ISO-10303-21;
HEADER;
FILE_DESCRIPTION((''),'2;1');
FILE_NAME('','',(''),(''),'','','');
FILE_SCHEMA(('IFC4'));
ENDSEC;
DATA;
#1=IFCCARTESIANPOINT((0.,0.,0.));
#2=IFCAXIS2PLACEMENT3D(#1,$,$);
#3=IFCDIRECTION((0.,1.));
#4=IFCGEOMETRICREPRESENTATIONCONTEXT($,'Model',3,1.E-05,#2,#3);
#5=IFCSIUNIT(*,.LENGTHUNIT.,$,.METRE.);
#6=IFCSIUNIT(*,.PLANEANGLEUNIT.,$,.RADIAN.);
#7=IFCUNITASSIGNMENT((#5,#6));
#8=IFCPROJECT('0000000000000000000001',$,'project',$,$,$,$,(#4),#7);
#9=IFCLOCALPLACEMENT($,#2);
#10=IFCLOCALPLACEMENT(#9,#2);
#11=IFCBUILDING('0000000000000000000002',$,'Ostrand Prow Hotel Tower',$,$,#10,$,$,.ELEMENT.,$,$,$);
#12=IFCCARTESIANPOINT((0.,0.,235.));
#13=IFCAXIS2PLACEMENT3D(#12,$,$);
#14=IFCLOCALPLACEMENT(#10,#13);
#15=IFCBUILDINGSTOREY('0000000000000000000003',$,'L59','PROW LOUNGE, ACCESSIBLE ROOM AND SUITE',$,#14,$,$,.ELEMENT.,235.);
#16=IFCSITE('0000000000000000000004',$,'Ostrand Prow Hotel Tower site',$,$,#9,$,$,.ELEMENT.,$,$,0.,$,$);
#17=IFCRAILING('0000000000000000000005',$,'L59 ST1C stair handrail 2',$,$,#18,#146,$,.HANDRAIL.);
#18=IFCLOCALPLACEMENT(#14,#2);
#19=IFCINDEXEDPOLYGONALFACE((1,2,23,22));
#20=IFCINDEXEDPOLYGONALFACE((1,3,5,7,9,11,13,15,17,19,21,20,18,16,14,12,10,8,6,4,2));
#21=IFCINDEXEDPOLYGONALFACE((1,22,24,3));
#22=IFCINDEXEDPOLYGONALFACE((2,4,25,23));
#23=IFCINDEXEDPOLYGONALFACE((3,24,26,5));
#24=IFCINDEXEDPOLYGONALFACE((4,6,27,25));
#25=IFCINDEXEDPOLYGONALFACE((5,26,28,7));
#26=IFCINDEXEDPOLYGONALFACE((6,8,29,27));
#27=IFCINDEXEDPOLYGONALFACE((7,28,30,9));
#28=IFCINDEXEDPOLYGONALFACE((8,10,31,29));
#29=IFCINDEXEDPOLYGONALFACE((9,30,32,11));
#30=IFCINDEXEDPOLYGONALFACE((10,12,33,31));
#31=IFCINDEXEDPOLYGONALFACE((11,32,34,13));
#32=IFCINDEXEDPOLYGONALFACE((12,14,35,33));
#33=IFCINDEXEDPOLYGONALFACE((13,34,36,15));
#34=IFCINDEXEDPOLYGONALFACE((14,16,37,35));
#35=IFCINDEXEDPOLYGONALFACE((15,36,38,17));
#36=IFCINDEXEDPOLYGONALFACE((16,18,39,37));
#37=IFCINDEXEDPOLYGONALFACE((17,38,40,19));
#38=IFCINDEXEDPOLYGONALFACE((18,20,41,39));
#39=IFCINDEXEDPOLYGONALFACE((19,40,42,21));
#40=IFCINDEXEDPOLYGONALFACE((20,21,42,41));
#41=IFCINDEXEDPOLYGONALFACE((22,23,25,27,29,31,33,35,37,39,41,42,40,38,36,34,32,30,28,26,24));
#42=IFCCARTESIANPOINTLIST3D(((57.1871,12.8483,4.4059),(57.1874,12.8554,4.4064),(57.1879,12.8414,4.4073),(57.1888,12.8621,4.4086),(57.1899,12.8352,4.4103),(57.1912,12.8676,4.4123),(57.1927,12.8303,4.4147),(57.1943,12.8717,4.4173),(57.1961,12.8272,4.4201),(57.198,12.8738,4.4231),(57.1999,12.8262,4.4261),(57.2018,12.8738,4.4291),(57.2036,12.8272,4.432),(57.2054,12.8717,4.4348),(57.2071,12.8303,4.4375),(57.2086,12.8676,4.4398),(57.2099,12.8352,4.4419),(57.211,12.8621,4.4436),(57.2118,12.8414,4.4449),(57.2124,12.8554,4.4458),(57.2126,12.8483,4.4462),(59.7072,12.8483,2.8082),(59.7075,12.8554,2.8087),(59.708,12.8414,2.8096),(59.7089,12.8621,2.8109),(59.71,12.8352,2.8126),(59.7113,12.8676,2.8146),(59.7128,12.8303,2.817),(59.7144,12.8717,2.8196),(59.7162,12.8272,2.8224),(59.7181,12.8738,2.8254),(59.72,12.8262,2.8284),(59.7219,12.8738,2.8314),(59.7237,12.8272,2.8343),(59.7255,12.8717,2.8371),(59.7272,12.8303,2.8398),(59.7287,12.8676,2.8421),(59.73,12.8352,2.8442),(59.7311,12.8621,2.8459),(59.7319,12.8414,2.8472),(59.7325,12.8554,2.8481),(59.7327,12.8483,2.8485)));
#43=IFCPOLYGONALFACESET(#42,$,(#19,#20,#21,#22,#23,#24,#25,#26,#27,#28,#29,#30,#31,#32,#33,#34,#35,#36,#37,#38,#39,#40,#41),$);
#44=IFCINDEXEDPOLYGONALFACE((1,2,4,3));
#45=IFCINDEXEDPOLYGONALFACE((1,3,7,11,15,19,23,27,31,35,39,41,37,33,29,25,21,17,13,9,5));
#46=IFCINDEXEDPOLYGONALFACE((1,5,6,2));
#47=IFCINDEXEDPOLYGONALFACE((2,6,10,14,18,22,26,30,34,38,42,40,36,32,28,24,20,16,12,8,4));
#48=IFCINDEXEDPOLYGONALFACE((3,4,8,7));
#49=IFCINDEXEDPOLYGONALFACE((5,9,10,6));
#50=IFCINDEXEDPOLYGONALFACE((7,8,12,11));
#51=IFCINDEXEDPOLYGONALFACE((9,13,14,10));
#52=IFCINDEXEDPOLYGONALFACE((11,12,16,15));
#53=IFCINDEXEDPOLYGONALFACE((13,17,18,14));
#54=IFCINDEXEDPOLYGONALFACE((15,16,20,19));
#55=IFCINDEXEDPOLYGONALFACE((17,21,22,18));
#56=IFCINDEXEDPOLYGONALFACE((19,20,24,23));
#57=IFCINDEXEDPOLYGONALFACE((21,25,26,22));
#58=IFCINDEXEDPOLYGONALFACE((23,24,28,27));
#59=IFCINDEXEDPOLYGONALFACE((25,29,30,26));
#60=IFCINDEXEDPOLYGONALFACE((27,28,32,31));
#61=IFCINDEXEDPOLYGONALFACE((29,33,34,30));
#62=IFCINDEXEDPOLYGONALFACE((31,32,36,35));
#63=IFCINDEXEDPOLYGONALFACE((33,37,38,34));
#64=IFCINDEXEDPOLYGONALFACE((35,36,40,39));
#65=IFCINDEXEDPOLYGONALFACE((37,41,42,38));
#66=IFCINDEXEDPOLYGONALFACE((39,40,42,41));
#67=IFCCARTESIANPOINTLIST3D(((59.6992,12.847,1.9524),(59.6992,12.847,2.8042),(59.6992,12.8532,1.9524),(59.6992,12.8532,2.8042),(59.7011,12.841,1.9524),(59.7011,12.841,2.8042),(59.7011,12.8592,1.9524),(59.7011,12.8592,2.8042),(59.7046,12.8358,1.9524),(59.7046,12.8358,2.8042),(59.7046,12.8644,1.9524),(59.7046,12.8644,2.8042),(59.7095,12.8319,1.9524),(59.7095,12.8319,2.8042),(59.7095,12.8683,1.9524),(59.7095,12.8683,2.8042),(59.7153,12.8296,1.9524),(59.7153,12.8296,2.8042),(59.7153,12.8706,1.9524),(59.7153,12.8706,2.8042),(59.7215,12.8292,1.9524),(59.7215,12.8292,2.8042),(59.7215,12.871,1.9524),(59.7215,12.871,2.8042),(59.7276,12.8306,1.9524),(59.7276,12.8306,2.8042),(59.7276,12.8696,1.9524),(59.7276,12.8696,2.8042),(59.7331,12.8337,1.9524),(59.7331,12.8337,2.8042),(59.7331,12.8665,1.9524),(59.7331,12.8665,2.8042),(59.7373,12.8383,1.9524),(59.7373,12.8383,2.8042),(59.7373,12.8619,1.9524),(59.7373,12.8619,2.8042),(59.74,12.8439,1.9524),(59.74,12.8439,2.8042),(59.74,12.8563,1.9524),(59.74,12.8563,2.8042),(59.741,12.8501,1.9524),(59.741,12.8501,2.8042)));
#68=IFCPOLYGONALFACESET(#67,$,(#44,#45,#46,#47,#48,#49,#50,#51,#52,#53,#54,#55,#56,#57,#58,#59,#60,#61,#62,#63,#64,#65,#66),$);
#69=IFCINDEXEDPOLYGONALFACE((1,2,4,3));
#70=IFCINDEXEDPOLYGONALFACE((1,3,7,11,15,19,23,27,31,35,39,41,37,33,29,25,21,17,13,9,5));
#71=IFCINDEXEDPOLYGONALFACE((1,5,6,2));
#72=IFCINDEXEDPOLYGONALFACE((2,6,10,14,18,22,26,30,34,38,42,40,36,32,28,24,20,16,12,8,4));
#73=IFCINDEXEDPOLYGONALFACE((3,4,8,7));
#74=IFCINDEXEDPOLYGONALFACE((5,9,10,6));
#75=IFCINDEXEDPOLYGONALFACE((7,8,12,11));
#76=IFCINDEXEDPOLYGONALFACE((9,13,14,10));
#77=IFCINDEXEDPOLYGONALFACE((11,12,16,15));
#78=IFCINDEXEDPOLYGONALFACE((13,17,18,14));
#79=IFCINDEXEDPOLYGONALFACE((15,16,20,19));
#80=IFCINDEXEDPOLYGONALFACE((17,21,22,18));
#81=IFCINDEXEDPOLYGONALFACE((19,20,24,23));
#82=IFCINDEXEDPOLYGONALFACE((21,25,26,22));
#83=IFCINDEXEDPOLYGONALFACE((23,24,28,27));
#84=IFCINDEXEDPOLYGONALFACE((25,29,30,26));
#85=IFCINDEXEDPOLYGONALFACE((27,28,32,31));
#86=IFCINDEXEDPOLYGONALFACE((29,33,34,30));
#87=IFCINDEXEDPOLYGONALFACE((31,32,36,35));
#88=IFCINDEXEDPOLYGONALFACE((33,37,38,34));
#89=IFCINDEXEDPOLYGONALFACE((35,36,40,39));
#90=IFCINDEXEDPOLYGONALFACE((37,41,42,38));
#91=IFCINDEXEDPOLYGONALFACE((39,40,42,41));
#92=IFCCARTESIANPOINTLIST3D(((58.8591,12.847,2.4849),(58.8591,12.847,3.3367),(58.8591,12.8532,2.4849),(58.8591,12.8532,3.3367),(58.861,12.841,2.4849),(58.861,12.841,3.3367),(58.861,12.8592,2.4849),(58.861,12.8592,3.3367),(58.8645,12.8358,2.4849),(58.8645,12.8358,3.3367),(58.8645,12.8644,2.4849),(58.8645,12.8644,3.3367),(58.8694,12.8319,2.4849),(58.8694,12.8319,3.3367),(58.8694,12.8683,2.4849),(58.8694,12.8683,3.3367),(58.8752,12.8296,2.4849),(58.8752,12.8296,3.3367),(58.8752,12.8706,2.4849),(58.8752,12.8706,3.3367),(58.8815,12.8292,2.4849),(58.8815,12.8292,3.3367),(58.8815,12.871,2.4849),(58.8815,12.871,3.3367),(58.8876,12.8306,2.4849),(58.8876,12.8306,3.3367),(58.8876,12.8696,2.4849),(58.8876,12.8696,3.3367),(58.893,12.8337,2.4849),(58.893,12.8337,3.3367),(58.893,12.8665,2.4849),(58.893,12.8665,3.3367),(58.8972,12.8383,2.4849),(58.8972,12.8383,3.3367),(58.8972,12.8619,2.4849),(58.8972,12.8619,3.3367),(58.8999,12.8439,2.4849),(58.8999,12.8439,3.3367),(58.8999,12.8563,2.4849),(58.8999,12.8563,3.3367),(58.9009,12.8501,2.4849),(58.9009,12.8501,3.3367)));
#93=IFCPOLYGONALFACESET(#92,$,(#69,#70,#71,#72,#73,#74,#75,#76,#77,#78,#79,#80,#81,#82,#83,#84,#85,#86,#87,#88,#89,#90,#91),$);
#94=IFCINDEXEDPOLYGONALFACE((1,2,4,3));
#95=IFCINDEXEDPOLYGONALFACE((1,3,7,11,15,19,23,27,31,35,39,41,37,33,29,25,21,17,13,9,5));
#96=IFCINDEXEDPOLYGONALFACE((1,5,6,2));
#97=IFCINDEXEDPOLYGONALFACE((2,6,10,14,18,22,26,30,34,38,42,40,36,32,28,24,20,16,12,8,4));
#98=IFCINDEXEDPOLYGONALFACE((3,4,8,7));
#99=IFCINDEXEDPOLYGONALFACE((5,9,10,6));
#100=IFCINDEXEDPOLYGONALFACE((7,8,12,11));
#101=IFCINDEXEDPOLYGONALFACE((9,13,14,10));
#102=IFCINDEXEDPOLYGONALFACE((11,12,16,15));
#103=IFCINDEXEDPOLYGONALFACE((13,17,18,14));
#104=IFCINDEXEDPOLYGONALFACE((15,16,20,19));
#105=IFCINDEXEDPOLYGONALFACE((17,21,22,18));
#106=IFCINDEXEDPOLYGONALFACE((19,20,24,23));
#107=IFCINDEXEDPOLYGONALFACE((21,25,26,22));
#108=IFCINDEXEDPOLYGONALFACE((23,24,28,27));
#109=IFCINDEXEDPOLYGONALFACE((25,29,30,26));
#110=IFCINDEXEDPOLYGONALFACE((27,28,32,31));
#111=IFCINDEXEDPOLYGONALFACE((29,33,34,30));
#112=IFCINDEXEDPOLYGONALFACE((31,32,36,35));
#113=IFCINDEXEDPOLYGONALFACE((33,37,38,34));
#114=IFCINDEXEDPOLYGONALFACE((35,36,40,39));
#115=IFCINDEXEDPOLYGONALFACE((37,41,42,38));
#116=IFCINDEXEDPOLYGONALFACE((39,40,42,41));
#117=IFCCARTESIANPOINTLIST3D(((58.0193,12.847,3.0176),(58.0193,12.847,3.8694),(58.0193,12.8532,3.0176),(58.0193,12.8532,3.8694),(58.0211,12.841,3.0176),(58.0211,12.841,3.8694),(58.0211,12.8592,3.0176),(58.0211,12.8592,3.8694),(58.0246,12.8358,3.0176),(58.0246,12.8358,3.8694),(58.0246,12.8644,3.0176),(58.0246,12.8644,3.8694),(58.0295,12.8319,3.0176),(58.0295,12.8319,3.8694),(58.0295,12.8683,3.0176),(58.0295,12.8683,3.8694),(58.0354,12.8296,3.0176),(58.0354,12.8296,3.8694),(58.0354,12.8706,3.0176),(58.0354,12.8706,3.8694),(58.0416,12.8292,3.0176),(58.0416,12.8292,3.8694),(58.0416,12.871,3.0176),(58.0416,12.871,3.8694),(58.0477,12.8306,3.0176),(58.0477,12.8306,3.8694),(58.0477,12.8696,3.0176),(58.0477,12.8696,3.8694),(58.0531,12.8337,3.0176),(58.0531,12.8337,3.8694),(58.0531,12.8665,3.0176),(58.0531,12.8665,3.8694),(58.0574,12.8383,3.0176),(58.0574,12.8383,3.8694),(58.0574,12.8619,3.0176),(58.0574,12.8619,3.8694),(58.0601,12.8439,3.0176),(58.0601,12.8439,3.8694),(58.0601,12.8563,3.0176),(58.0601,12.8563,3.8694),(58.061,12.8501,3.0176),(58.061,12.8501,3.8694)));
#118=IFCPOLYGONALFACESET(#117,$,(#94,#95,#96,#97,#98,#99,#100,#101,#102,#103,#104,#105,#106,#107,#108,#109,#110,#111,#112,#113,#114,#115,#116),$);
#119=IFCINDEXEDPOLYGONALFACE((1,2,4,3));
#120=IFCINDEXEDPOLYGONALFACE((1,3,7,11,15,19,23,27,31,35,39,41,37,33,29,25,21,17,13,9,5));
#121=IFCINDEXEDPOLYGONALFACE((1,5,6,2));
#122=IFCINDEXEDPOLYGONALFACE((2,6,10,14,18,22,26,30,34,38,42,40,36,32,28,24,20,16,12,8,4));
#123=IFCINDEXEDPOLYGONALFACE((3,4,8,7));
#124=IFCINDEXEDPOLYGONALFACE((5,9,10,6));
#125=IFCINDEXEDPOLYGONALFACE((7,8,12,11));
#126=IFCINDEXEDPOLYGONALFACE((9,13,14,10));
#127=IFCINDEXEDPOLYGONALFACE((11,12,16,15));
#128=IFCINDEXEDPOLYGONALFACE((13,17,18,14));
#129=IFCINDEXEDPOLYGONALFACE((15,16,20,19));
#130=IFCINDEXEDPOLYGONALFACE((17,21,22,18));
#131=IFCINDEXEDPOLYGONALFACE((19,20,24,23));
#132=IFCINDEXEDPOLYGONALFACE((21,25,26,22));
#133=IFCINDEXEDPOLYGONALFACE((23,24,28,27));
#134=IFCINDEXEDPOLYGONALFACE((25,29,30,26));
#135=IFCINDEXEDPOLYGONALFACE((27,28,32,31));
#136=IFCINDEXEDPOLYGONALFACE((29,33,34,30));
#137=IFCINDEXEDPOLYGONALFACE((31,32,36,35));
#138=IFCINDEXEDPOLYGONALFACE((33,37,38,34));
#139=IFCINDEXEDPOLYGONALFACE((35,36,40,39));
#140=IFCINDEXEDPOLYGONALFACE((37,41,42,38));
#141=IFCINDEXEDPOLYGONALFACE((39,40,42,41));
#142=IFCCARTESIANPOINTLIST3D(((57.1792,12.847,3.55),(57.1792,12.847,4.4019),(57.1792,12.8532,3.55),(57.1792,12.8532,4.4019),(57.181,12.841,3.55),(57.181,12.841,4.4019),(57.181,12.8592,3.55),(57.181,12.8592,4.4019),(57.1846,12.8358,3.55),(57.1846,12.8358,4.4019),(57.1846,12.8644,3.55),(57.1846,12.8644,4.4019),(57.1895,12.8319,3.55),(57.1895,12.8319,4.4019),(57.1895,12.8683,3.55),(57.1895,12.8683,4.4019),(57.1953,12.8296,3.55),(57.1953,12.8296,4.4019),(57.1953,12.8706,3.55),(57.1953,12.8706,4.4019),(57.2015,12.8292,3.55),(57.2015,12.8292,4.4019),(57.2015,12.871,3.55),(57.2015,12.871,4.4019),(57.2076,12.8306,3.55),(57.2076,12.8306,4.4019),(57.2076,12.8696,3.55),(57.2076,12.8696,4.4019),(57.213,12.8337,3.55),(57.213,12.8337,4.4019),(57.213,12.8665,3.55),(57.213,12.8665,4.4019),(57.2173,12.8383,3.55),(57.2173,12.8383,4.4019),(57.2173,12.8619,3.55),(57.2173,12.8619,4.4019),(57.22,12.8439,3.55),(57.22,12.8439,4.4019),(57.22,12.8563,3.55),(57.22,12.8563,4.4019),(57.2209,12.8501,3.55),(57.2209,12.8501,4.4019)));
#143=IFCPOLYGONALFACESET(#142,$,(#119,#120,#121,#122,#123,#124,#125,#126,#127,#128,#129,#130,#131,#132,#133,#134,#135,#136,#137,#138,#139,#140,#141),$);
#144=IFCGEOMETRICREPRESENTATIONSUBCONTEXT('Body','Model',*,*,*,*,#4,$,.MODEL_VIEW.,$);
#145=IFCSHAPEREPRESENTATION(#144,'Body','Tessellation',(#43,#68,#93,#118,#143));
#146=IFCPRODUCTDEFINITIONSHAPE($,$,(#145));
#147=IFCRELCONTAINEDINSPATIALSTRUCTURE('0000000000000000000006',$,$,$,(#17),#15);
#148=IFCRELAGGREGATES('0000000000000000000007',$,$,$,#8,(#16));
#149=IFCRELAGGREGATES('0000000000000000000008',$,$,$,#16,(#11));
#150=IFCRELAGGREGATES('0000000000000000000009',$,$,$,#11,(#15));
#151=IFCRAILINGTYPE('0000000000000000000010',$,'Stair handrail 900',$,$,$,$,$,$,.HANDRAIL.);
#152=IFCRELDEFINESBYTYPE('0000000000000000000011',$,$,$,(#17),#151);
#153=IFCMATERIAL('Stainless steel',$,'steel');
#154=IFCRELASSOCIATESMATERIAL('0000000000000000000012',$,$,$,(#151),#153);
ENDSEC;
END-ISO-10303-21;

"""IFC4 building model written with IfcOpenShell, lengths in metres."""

from ifc_helpers import new_model, si_unit, direction, frame, origin, origin_2d, place, context, subcontext, project, spatial, circle, extrude, material, type_object, element, save


model = new_model("IFC4")

# Units and contexts
model_context = context("Model", 3, precision=1e-05, world=origin(), true_north=direction((0.0, 1.0)))
body_context = subcontext(model_context, "Body", "Model", "MODEL_VIEW")
ifc_project = project(units=[si_unit("LENGTHUNIT", "METRE"), si_unit("PLANEANGLEUNIT", "RADIAN")], contexts=[model_context])

# Site, building, storey
site_placement = place(None, origin())
site = spatial("IfcSite", under=ifc_project, at=site_placement, Name="Ostrand Prow Hotel Tower site", CompositionType="ELEMENT", RefElevation=0.0)
building_placement = place(site_placement, origin())
building = spatial("IfcBuilding", under=site, at=building_placement, Name="Ostrand Prow Hotel Tower", CompositionType="ELEMENT")
storey_placement = place(building_placement, frame((0.0, 0.0, 235.0)))
storey = spatial("IfcBuildingStorey", under=building, at=storey_placement, Name="L59", Description="PROW LOUNGE, ACCESSIBLE ROOM AND SUITE", CompositionType="ELEMENT", Elevation=235.0)

# Railing
ifc_material_1 = material(Name="Stainless steel", Category="steel")
railing_type_1 = type_object("IfcRailingType", Name="Stair handrail 900", PredefinedType="HANDRAIL", material=ifc_material_1)
railing_1_placement = place(storey_placement, frame((59.72, 12.8501, 1.9524)))
element("IfcRailing", 1, at=railing_1_placement, inside=storey, type_object=railing_type_1, Name="L59 ST1C stair handrail 2", PredefinedType="HANDRAIL", context=body_context, shape_type="SweptSolid", body=[
    extrude(circle(Radius=0.0239, at=origin_2d()), frame((0.0, 0.0, 0.876), z_axis=(-0.84457, 0.0, 0.535445), x_axis=(0.0, -1.0, 0.0)), (0.0, 0.0, 1.0), 2.9839),
    extrude(circle(Radius=0.021, at=origin_2d()), origin(), (0.0, 0.0, 1.0), 0.8518),
    extrude(circle(Radius=0.021, at=origin_2d()), frame((-0.8401, 0.0, 0.5325)), (0.0, 0.0, 1.0), 0.8518),
    extrude(circle(Radius=0.021, at=origin_2d()), frame((-1.6799, 0.0, 1.0652)), (0.0, 0.0, 1.0), 0.8518),
    extrude(circle(Radius=0.021, at=origin_2d()), frame((-2.52, 0.0, 1.5977)), (0.0, 0.0, 1.0), 0.8518),
])

save(model, "model.ifc")
